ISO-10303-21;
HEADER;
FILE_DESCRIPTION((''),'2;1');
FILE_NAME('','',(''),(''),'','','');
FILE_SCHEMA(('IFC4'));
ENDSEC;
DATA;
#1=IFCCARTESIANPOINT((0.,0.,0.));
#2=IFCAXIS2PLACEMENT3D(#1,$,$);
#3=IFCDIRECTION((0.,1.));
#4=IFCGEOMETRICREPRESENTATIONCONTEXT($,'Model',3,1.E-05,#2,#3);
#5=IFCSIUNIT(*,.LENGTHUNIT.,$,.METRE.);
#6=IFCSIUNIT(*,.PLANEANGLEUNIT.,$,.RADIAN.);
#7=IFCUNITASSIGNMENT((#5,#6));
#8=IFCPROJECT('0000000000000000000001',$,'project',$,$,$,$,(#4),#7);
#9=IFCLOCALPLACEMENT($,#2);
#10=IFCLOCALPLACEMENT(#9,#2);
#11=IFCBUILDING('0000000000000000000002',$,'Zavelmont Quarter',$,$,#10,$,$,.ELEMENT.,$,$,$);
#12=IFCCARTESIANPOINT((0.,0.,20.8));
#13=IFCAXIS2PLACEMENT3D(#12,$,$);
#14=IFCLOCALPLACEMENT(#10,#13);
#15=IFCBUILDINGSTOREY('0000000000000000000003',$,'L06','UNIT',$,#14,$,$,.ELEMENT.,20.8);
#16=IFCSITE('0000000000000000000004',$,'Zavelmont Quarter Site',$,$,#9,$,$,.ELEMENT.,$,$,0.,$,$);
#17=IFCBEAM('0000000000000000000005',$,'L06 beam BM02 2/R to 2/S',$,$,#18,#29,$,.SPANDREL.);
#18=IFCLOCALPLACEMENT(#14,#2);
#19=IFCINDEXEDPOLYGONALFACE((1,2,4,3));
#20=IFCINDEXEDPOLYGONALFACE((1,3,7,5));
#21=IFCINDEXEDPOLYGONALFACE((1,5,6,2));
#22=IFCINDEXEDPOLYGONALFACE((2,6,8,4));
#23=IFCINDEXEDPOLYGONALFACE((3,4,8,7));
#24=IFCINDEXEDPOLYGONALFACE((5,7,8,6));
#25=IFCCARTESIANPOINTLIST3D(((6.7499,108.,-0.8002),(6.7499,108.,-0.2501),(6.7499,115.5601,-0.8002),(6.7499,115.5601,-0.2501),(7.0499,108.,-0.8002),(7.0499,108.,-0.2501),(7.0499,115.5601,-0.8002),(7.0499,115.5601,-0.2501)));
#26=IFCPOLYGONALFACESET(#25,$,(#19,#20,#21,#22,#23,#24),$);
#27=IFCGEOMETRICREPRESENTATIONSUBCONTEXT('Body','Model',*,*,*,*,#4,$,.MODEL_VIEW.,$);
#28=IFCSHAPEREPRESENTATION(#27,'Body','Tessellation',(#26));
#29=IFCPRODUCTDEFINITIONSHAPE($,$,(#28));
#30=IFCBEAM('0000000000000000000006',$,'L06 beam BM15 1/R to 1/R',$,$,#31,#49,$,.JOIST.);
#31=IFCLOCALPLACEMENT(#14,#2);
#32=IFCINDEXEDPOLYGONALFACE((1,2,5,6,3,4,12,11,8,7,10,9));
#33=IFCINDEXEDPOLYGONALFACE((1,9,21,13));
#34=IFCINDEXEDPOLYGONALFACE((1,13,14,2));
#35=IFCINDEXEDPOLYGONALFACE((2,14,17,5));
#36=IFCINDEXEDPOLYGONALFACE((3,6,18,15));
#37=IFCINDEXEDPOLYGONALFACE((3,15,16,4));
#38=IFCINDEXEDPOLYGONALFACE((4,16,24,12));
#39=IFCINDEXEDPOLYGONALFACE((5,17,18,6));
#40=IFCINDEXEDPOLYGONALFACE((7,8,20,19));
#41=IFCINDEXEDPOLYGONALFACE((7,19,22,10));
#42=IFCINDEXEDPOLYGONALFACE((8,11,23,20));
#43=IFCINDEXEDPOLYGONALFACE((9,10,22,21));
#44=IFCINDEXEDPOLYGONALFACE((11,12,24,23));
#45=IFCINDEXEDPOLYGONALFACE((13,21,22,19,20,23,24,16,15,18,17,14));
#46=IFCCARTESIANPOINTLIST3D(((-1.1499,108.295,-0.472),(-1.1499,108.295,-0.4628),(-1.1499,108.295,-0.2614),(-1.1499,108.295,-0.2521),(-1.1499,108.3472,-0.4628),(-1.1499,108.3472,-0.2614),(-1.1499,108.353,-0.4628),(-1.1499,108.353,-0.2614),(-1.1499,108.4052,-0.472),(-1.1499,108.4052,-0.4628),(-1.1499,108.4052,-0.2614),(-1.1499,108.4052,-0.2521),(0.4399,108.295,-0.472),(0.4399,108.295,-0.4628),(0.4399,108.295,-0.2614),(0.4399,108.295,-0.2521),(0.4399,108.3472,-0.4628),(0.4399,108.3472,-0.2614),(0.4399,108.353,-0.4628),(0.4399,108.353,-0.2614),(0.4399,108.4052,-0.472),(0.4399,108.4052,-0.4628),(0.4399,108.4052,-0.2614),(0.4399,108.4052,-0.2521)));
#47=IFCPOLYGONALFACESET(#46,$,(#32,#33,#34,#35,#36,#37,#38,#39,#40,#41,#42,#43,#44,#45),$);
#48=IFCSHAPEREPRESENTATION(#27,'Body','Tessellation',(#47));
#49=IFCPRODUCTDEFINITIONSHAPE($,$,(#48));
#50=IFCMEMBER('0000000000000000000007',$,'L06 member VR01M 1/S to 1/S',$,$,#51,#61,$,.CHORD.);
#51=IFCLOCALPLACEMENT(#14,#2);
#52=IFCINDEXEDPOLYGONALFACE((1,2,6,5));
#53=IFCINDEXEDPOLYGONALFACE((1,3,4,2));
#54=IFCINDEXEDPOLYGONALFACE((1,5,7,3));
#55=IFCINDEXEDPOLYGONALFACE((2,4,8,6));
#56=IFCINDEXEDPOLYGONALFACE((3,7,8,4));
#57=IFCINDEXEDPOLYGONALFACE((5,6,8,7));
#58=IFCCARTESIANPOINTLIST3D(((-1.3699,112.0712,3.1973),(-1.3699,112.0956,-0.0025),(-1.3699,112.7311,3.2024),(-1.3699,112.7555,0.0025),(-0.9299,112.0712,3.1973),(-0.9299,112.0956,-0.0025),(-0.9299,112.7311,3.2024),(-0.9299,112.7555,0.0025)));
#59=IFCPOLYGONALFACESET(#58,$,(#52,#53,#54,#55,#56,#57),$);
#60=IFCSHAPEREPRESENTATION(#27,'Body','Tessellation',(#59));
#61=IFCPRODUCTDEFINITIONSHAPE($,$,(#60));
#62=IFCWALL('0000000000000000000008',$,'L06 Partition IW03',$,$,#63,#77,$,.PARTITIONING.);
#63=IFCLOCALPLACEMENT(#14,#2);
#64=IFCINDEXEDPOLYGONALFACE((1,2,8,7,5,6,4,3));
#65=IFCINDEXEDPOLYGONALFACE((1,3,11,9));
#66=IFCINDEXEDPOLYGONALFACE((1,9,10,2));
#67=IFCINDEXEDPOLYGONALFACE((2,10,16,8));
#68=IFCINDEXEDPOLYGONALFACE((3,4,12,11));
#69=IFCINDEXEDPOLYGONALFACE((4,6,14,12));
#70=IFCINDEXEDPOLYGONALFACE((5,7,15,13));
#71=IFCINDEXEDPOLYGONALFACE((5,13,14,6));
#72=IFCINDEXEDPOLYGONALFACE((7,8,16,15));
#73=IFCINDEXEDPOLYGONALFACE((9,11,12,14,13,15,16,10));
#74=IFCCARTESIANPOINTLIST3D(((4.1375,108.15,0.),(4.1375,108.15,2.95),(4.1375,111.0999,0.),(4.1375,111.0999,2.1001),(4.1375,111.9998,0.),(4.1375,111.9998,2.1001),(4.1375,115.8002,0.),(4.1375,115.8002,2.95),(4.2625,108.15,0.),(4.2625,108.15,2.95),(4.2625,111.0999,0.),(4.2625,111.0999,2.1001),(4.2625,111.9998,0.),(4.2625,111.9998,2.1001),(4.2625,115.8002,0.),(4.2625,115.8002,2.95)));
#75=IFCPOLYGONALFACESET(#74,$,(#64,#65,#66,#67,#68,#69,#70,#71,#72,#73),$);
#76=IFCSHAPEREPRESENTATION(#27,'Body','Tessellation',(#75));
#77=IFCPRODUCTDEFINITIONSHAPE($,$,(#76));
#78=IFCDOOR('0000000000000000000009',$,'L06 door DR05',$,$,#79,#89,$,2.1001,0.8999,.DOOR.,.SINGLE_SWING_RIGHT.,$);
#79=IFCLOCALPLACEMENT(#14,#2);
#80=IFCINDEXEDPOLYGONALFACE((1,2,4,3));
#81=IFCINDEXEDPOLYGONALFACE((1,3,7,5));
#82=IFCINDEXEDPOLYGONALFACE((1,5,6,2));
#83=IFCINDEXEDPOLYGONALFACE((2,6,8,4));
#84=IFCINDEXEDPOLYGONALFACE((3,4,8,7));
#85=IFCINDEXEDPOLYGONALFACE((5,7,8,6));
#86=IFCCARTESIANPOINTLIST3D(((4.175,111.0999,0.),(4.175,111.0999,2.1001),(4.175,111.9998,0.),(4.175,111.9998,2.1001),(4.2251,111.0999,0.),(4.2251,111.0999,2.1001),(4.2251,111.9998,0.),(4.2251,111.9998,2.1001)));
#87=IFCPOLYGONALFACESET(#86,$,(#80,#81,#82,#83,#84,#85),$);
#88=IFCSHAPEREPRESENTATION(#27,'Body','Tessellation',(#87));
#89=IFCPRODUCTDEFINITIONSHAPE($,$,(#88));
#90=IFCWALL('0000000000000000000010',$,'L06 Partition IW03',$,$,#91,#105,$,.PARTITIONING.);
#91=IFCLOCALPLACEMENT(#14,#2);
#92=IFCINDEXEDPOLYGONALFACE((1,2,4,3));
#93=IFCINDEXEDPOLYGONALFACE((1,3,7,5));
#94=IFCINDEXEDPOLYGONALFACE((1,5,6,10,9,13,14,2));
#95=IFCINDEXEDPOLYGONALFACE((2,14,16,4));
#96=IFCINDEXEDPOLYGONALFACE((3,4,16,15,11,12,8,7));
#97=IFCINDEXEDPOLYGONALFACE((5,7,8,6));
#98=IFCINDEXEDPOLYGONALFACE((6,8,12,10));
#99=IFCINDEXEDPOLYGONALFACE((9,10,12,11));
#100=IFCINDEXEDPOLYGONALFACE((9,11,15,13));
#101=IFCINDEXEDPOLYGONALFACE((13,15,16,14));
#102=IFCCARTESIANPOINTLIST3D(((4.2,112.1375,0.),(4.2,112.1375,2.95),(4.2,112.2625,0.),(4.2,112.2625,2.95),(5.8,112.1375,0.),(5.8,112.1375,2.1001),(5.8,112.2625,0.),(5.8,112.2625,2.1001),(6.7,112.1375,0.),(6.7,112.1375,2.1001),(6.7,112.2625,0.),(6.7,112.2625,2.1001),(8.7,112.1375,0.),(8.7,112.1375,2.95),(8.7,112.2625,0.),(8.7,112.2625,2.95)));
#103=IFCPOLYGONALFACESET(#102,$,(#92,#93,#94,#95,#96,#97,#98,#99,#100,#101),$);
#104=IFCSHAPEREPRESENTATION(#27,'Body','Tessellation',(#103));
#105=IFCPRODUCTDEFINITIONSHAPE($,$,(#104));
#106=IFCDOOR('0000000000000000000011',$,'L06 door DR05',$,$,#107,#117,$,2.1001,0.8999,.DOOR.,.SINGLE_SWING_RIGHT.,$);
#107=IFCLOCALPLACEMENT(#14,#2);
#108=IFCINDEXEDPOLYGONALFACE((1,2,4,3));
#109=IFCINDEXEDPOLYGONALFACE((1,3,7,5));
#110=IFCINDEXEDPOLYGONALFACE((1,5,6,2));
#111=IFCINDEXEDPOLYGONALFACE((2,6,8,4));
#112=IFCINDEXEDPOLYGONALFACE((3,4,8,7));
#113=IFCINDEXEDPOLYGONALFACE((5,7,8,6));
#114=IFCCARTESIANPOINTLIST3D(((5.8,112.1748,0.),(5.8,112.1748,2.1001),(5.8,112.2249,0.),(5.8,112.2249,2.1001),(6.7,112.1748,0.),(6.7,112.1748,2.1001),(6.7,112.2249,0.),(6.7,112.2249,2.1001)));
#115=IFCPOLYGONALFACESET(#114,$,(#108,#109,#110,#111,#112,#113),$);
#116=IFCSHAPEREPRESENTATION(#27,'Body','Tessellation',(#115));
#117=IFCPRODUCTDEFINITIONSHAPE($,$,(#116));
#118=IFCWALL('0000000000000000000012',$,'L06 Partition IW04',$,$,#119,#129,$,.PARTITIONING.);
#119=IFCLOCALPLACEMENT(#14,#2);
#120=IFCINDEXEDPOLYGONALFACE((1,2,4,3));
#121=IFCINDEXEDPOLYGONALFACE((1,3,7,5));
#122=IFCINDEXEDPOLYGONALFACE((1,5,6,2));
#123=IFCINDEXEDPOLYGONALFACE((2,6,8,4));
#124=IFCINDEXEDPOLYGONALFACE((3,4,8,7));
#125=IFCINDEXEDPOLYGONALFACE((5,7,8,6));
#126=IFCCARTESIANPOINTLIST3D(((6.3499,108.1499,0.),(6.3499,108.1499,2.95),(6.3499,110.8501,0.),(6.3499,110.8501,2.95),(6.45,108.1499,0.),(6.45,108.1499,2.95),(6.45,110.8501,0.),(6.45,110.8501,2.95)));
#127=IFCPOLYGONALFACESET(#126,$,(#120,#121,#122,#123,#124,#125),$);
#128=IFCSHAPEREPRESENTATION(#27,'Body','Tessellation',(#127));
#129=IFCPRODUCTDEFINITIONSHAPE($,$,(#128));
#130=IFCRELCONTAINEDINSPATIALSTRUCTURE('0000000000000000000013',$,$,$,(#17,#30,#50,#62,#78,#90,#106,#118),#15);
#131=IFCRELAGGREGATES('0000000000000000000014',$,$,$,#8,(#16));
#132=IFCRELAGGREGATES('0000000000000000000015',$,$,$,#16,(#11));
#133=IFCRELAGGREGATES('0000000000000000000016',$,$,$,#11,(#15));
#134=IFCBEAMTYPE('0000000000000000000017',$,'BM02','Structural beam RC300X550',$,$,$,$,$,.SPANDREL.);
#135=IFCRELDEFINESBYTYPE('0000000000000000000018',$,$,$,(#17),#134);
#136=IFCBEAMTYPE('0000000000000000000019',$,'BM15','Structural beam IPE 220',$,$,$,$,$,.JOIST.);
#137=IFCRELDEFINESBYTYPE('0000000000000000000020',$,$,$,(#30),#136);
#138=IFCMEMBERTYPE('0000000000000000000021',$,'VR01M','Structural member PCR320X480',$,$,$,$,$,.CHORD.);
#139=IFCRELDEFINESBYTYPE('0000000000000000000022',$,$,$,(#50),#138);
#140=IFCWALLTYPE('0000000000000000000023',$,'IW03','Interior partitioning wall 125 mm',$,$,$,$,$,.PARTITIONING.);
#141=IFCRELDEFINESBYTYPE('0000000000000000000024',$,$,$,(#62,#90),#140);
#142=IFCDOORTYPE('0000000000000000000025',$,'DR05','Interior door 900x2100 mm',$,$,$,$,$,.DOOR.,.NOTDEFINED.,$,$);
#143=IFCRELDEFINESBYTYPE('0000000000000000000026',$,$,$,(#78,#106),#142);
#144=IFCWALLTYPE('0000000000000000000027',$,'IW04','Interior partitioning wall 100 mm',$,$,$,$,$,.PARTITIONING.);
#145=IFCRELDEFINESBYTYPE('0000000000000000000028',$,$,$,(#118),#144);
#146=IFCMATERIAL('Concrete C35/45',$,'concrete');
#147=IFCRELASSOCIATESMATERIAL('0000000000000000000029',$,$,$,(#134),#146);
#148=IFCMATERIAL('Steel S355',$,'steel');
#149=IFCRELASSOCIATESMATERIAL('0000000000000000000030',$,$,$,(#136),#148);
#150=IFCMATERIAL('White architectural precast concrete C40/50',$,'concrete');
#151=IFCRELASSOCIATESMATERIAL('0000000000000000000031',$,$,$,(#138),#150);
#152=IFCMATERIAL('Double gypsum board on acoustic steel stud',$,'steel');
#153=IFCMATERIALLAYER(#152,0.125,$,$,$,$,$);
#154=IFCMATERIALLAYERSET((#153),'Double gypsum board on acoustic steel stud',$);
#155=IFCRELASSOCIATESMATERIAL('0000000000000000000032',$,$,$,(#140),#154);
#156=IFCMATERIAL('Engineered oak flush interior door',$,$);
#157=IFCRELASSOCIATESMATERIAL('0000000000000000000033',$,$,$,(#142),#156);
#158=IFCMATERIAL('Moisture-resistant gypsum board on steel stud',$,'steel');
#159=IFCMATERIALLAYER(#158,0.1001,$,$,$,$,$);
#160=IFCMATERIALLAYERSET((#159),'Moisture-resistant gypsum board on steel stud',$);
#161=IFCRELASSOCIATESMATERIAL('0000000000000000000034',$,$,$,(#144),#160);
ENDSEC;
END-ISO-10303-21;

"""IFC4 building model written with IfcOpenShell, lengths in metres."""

from ifc_helpers import new_model, si_unit, direction, frame, frame_2d, origin, origin_with_axes, origin_2d, place, context, subcontext, project, spatial, rectangle, i_section, extrude, material, layer, layer_set, material_profile, profile_set, type_object, element, fill, save


model = new_model("IFC4")

# Units and contexts
model_context = context("Model", 3, precision=1e-05, world=origin(), true_north=direction((0.0, 1.0)))
body_context = subcontext(model_context, "Body", "Model", "MODEL_VIEW")
ifc_project = project(units=[si_unit("LENGTHUNIT", "METRE"), si_unit("PLANEANGLEUNIT", "RADIAN")], contexts=[model_context])

# Site, building, storey
site_placement = place(None, origin())
site = spatial("IfcSite", under=ifc_project, at=site_placement, Name="Zavelmont Quarter Site", CompositionType="ELEMENT", RefElevation=0.0)
building_placement = place(site_placement, origin())
building = spatial("IfcBuilding", under=site, at=building_placement, Name="Zavelmont Quarter", CompositionType="ELEMENT")
storey_placement = place(building_placement, frame((0.0, 0.0, 20.8)))
storey = spatial("IfcBuildingStorey", under=building, at=storey_placement, Name="L06", Description="UNIT", CompositionType="ELEMENT", Elevation=20.8)

# Beams
ifc_material_1 = material(Name="Concrete C35/45", Category="concrete")
ifc_material_profile_1 = material_profile(ifc_material_1, rectangle(XDim=0.3, YDim=0.55, at=origin_2d()), Name="RC300X550")
ifc_profile_set_1 = profile_set([ifc_material_profile_1], Name="Concrete C35/45")
beam_type_1 = type_object("IfcBeamType", Name="BM02", Description="Structural beam RC300X550", PredefinedType="SPANDREL", material=ifc_profile_set_1)
beam_1_placement = place(storey_placement, frame((6.8999, 108.0, -0.5251), z_axis=(0.0, 1.0, 0.0), x_axis=(-1.0, 0.0, 0.0)))
element("IfcBeam", 1, at=beam_1_placement, inside=storey, type_object=beam_type_1, Name="L06 beam BM02 2/R to 2/S", PredefinedType="SPANDREL", context=body_context, shape_type="SweptSolid", body=[
    extrude(rectangle(XDim=0.3, YDim=0.55, at=origin_2d()), origin(), (0.0, 0.0, 1.0), 7.5601),
])
ifc_material_2 = material(Name="Steel S355", Category="steel")
ifc_material_profile_2 = material_profile(ifc_material_2, i_section(OverallWidth=0.1101, OverallDepth=0.22, WebThickness=0.0059, FlangeThickness=0.0093, at=origin_2d()), Name="IPE 220")
ifc_profile_set_2 = profile_set([ifc_material_profile_2], Name="Steel S355")
beam_type_2 = type_object("IfcBeamType", Name="BM15", Description="Structural beam IPE 220", PredefinedType="JOIST", material=ifc_profile_set_2)
beam_2_placement = place(storey_placement, frame((0.4399, 108.3501, -0.3621), z_axis=(-1.0, 0.0, 0.0), x_axis=(0.0, -1.0, 0.0)))
element("IfcBeam", 2, at=beam_2_placement, inside=storey, type_object=beam_type_2, Name="L06 beam BM15 1/R to 1/R", PredefinedType="JOIST", context=body_context, shape_type="SweptSolid", body=[
    extrude(i_section(OverallWidth=0.1101, OverallDepth=0.22, WebThickness=0.0059, FlangeThickness=0.0093, at=origin_2d()), origin(), (0.0, 0.0, 1.0), 1.5898),
])

# Member
ifc_material_3 = material(Name="White architectural precast concrete C40/50", Category="concrete")
ifc_material_profile_3 = material_profile(ifc_material_3, rectangle(XDim=0.4399, YDim=0.6599, at=origin_2d()), Name="PCR320X480")
ifc_profile_set_3 = profile_set([ifc_material_profile_3], Name="White architectural precast concrete C40/50")
member_type = type_object("IfcMemberType", Name="VR01M", Description="Structural member PCR320X480", PredefinedType="CHORD", material=ifc_profile_set_3)
member_placement = place(storey_placement, frame((-1.1499, 112.4255, 0.0), z_axis=(0.0, -0.007629, 0.999971), x_axis=(1.0, 0.0, 0.0)))
element("IfcMember", 3, at=member_placement, inside=storey, type_object=member_type, Name="L06 member VR01M 1/S to 1/S", PredefinedType="CHORD", context=body_context, shape_type="SweptSolid", body=[
    extrude(rectangle(XDim=0.4399, YDim=0.6599, at=origin_2d()), origin(), (0.0, 0.0, 1.0), 3.2),
])

# Walls, openings, doors
ifc_material_4 = material(Name="Double gypsum board on acoustic steel stud", Category="steel")
ifc_layer_1 = layer(ifc_material_4, 0.125)
ifc_layer_set_1 = layer_set([ifc_layer_1], Name="Double gypsum board on acoustic steel stud")
wall_type_1 = type_object("IfcWallType", Name="IW03", Description="Interior partitioning wall 125 mm", PredefinedType="PARTITIONING", material=ifc_layer_set_1)
wall_1_placement = place(storey_placement, frame((4.2, 108.1499, 0.0), z_axis=(0.0, 0.0, 1.0), x_axis=(0.0, 1.0, 0.0)))
wall_1 = element("IfcWall", 4, at=wall_1_placement, inside=storey, type_object=wall_type_1, Name="L06 Partition IW03", PredefinedType="PARTITIONING", context=body_context, shape_type="SweptSolid", body=[
    extrude(rectangle(XDim=7.6501, YDim=0.125, at=frame_2d((3.8252, 0.0))), origin(), (0.0, 0.0, 1.0), 2.95),
])
opening_1_placement = place(wall_1_placement, frame((2.95, 0.0, 0.0)))
opening_1 = element("IfcOpeningElement", 5, at=opening_1_placement, cuts=wall_1, PredefinedType="OPENING", context=body_context, shape_type="SweptSolid", body=[
    extrude(rectangle(XDim=0.8999, YDim=2.1001, at=frame_2d((0.45, 1.05))), frame((0.0, 0.0745, 0.0), z_axis=(0.0, -1.0, 0.0), x_axis=(1.0, 0.0, 0.0)), (0.0, 0.0, 1.0), 0.1489),
])
ifc_material_5 = material(Name="Engineered oak flush interior door")
door_type_1 = type_object("IfcDoorType", Name="DR05", Description="Interior door 900x2100 mm", OperationType="NOTDEFINED", PredefinedType="DOOR", material=ifc_material_5)
door_1_placement = place(opening_1_placement, origin_with_axes())
door_1 = element("IfcDoor", 6, at=door_1_placement, inside=storey, type_object=door_type_1, Name="L06 door DR05", OperationType="SINGLE_SWING_RIGHT", OverallHeight=2.1001, OverallWidth=0.8999, PredefinedType="DOOR", context=body_context, shape_type="SweptSolid", body=[
    extrude(rectangle(XDim=0.8999, YDim=2.1001, at=frame_2d((0.45, 1.05))), frame((0.0, 0.0249, 0.0), z_axis=(0.0, -1.0, 0.0), x_axis=(1.0, 0.0, 0.0)), (0.0, 0.0, 1.0), 0.05),
])
fill(opening_1, door_1)
wall_2_placement = place(storey_placement, frame((4.2, 112.2, 0.0), z_axis=(0.0, 0.0, 1.0), x_axis=(1.0, 0.0, 0.0)))
wall_2 = element("IfcWall", 7, at=wall_2_placement, inside=storey, type_object=wall_type_1, Name="L06 Partition IW03", PredefinedType="PARTITIONING", context=body_context, shape_type="SweptSolid", body=[
    extrude(rectangle(XDim=4.5, YDim=0.125, at=frame_2d((2.25, 0.0))), origin(), (0.0, 0.0, 1.0), 2.95),
])
opening_2_placement = place(wall_2_placement, frame((1.6001, 0.0, 0.0)))
opening_2 = element("IfcOpeningElement", 8, at=opening_2_placement, cuts=wall_2, PredefinedType="OPENING", context=body_context, shape_type="SweptSolid", body=[
    extrude(rectangle(XDim=0.8999, YDim=2.1001, at=frame_2d((0.45, 1.05))), frame((0.0, 0.0745, 0.0), z_axis=(0.0, -1.0, 0.0), x_axis=(1.0, 0.0, 0.0)), (0.0, 0.0, 1.0), 0.1489),
])
door_2_placement = place(opening_2_placement, origin_with_axes())
door_2 = element("IfcDoor", 9, at=door_2_placement, inside=storey, type_object=door_type_1, Name="L06 door DR05", OperationType="SINGLE_SWING_RIGHT", OverallHeight=2.1001, OverallWidth=0.8999, PredefinedType="DOOR", context=body_context, shape_type="SweptSolid", body=[
    extrude(rectangle(XDim=0.8999, YDim=2.1001, at=frame_2d((0.45, 1.05))), frame((0.0, 0.0249, 0.0), z_axis=(0.0, -1.0, 0.0), x_axis=(1.0, 0.0, 0.0)), (0.0, 0.0, 1.0), 0.05),
])
fill(opening_2, door_2)

# Wall
ifc_material_6 = material(Name="Moisture-resistant gypsum board on steel stud", Category="steel")
ifc_layer_2 = layer(ifc_material_6, 0.1001)
ifc_layer_set_2 = layer_set([ifc_layer_2], Name="Moisture-resistant gypsum board on steel stud")
wall_type_2 = type_object("IfcWallType", Name="IW04", Description="Interior partitioning wall 100 mm", PredefinedType="PARTITIONING", material=ifc_layer_set_2)
wall_3_placement = place(storey_placement, frame((6.3999, 108.1499, 0.0), z_axis=(0.0, 0.0, 1.0), x_axis=(0.0, 1.0, 0.0)))
element("IfcWall", 10, at=wall_3_placement, inside=storey, type_object=wall_type_2, Name="L06 Partition IW04", PredefinedType="PARTITIONING", context=body_context, shape_type="SweptSolid", body=[
    extrude(rectangle(XDim=2.7002, YDim=0.1001, at=frame_2d((1.3501, 0.0))), origin(), (0.0, 0.0, 1.0), 2.95),
])

save(model, "model.ifc")
